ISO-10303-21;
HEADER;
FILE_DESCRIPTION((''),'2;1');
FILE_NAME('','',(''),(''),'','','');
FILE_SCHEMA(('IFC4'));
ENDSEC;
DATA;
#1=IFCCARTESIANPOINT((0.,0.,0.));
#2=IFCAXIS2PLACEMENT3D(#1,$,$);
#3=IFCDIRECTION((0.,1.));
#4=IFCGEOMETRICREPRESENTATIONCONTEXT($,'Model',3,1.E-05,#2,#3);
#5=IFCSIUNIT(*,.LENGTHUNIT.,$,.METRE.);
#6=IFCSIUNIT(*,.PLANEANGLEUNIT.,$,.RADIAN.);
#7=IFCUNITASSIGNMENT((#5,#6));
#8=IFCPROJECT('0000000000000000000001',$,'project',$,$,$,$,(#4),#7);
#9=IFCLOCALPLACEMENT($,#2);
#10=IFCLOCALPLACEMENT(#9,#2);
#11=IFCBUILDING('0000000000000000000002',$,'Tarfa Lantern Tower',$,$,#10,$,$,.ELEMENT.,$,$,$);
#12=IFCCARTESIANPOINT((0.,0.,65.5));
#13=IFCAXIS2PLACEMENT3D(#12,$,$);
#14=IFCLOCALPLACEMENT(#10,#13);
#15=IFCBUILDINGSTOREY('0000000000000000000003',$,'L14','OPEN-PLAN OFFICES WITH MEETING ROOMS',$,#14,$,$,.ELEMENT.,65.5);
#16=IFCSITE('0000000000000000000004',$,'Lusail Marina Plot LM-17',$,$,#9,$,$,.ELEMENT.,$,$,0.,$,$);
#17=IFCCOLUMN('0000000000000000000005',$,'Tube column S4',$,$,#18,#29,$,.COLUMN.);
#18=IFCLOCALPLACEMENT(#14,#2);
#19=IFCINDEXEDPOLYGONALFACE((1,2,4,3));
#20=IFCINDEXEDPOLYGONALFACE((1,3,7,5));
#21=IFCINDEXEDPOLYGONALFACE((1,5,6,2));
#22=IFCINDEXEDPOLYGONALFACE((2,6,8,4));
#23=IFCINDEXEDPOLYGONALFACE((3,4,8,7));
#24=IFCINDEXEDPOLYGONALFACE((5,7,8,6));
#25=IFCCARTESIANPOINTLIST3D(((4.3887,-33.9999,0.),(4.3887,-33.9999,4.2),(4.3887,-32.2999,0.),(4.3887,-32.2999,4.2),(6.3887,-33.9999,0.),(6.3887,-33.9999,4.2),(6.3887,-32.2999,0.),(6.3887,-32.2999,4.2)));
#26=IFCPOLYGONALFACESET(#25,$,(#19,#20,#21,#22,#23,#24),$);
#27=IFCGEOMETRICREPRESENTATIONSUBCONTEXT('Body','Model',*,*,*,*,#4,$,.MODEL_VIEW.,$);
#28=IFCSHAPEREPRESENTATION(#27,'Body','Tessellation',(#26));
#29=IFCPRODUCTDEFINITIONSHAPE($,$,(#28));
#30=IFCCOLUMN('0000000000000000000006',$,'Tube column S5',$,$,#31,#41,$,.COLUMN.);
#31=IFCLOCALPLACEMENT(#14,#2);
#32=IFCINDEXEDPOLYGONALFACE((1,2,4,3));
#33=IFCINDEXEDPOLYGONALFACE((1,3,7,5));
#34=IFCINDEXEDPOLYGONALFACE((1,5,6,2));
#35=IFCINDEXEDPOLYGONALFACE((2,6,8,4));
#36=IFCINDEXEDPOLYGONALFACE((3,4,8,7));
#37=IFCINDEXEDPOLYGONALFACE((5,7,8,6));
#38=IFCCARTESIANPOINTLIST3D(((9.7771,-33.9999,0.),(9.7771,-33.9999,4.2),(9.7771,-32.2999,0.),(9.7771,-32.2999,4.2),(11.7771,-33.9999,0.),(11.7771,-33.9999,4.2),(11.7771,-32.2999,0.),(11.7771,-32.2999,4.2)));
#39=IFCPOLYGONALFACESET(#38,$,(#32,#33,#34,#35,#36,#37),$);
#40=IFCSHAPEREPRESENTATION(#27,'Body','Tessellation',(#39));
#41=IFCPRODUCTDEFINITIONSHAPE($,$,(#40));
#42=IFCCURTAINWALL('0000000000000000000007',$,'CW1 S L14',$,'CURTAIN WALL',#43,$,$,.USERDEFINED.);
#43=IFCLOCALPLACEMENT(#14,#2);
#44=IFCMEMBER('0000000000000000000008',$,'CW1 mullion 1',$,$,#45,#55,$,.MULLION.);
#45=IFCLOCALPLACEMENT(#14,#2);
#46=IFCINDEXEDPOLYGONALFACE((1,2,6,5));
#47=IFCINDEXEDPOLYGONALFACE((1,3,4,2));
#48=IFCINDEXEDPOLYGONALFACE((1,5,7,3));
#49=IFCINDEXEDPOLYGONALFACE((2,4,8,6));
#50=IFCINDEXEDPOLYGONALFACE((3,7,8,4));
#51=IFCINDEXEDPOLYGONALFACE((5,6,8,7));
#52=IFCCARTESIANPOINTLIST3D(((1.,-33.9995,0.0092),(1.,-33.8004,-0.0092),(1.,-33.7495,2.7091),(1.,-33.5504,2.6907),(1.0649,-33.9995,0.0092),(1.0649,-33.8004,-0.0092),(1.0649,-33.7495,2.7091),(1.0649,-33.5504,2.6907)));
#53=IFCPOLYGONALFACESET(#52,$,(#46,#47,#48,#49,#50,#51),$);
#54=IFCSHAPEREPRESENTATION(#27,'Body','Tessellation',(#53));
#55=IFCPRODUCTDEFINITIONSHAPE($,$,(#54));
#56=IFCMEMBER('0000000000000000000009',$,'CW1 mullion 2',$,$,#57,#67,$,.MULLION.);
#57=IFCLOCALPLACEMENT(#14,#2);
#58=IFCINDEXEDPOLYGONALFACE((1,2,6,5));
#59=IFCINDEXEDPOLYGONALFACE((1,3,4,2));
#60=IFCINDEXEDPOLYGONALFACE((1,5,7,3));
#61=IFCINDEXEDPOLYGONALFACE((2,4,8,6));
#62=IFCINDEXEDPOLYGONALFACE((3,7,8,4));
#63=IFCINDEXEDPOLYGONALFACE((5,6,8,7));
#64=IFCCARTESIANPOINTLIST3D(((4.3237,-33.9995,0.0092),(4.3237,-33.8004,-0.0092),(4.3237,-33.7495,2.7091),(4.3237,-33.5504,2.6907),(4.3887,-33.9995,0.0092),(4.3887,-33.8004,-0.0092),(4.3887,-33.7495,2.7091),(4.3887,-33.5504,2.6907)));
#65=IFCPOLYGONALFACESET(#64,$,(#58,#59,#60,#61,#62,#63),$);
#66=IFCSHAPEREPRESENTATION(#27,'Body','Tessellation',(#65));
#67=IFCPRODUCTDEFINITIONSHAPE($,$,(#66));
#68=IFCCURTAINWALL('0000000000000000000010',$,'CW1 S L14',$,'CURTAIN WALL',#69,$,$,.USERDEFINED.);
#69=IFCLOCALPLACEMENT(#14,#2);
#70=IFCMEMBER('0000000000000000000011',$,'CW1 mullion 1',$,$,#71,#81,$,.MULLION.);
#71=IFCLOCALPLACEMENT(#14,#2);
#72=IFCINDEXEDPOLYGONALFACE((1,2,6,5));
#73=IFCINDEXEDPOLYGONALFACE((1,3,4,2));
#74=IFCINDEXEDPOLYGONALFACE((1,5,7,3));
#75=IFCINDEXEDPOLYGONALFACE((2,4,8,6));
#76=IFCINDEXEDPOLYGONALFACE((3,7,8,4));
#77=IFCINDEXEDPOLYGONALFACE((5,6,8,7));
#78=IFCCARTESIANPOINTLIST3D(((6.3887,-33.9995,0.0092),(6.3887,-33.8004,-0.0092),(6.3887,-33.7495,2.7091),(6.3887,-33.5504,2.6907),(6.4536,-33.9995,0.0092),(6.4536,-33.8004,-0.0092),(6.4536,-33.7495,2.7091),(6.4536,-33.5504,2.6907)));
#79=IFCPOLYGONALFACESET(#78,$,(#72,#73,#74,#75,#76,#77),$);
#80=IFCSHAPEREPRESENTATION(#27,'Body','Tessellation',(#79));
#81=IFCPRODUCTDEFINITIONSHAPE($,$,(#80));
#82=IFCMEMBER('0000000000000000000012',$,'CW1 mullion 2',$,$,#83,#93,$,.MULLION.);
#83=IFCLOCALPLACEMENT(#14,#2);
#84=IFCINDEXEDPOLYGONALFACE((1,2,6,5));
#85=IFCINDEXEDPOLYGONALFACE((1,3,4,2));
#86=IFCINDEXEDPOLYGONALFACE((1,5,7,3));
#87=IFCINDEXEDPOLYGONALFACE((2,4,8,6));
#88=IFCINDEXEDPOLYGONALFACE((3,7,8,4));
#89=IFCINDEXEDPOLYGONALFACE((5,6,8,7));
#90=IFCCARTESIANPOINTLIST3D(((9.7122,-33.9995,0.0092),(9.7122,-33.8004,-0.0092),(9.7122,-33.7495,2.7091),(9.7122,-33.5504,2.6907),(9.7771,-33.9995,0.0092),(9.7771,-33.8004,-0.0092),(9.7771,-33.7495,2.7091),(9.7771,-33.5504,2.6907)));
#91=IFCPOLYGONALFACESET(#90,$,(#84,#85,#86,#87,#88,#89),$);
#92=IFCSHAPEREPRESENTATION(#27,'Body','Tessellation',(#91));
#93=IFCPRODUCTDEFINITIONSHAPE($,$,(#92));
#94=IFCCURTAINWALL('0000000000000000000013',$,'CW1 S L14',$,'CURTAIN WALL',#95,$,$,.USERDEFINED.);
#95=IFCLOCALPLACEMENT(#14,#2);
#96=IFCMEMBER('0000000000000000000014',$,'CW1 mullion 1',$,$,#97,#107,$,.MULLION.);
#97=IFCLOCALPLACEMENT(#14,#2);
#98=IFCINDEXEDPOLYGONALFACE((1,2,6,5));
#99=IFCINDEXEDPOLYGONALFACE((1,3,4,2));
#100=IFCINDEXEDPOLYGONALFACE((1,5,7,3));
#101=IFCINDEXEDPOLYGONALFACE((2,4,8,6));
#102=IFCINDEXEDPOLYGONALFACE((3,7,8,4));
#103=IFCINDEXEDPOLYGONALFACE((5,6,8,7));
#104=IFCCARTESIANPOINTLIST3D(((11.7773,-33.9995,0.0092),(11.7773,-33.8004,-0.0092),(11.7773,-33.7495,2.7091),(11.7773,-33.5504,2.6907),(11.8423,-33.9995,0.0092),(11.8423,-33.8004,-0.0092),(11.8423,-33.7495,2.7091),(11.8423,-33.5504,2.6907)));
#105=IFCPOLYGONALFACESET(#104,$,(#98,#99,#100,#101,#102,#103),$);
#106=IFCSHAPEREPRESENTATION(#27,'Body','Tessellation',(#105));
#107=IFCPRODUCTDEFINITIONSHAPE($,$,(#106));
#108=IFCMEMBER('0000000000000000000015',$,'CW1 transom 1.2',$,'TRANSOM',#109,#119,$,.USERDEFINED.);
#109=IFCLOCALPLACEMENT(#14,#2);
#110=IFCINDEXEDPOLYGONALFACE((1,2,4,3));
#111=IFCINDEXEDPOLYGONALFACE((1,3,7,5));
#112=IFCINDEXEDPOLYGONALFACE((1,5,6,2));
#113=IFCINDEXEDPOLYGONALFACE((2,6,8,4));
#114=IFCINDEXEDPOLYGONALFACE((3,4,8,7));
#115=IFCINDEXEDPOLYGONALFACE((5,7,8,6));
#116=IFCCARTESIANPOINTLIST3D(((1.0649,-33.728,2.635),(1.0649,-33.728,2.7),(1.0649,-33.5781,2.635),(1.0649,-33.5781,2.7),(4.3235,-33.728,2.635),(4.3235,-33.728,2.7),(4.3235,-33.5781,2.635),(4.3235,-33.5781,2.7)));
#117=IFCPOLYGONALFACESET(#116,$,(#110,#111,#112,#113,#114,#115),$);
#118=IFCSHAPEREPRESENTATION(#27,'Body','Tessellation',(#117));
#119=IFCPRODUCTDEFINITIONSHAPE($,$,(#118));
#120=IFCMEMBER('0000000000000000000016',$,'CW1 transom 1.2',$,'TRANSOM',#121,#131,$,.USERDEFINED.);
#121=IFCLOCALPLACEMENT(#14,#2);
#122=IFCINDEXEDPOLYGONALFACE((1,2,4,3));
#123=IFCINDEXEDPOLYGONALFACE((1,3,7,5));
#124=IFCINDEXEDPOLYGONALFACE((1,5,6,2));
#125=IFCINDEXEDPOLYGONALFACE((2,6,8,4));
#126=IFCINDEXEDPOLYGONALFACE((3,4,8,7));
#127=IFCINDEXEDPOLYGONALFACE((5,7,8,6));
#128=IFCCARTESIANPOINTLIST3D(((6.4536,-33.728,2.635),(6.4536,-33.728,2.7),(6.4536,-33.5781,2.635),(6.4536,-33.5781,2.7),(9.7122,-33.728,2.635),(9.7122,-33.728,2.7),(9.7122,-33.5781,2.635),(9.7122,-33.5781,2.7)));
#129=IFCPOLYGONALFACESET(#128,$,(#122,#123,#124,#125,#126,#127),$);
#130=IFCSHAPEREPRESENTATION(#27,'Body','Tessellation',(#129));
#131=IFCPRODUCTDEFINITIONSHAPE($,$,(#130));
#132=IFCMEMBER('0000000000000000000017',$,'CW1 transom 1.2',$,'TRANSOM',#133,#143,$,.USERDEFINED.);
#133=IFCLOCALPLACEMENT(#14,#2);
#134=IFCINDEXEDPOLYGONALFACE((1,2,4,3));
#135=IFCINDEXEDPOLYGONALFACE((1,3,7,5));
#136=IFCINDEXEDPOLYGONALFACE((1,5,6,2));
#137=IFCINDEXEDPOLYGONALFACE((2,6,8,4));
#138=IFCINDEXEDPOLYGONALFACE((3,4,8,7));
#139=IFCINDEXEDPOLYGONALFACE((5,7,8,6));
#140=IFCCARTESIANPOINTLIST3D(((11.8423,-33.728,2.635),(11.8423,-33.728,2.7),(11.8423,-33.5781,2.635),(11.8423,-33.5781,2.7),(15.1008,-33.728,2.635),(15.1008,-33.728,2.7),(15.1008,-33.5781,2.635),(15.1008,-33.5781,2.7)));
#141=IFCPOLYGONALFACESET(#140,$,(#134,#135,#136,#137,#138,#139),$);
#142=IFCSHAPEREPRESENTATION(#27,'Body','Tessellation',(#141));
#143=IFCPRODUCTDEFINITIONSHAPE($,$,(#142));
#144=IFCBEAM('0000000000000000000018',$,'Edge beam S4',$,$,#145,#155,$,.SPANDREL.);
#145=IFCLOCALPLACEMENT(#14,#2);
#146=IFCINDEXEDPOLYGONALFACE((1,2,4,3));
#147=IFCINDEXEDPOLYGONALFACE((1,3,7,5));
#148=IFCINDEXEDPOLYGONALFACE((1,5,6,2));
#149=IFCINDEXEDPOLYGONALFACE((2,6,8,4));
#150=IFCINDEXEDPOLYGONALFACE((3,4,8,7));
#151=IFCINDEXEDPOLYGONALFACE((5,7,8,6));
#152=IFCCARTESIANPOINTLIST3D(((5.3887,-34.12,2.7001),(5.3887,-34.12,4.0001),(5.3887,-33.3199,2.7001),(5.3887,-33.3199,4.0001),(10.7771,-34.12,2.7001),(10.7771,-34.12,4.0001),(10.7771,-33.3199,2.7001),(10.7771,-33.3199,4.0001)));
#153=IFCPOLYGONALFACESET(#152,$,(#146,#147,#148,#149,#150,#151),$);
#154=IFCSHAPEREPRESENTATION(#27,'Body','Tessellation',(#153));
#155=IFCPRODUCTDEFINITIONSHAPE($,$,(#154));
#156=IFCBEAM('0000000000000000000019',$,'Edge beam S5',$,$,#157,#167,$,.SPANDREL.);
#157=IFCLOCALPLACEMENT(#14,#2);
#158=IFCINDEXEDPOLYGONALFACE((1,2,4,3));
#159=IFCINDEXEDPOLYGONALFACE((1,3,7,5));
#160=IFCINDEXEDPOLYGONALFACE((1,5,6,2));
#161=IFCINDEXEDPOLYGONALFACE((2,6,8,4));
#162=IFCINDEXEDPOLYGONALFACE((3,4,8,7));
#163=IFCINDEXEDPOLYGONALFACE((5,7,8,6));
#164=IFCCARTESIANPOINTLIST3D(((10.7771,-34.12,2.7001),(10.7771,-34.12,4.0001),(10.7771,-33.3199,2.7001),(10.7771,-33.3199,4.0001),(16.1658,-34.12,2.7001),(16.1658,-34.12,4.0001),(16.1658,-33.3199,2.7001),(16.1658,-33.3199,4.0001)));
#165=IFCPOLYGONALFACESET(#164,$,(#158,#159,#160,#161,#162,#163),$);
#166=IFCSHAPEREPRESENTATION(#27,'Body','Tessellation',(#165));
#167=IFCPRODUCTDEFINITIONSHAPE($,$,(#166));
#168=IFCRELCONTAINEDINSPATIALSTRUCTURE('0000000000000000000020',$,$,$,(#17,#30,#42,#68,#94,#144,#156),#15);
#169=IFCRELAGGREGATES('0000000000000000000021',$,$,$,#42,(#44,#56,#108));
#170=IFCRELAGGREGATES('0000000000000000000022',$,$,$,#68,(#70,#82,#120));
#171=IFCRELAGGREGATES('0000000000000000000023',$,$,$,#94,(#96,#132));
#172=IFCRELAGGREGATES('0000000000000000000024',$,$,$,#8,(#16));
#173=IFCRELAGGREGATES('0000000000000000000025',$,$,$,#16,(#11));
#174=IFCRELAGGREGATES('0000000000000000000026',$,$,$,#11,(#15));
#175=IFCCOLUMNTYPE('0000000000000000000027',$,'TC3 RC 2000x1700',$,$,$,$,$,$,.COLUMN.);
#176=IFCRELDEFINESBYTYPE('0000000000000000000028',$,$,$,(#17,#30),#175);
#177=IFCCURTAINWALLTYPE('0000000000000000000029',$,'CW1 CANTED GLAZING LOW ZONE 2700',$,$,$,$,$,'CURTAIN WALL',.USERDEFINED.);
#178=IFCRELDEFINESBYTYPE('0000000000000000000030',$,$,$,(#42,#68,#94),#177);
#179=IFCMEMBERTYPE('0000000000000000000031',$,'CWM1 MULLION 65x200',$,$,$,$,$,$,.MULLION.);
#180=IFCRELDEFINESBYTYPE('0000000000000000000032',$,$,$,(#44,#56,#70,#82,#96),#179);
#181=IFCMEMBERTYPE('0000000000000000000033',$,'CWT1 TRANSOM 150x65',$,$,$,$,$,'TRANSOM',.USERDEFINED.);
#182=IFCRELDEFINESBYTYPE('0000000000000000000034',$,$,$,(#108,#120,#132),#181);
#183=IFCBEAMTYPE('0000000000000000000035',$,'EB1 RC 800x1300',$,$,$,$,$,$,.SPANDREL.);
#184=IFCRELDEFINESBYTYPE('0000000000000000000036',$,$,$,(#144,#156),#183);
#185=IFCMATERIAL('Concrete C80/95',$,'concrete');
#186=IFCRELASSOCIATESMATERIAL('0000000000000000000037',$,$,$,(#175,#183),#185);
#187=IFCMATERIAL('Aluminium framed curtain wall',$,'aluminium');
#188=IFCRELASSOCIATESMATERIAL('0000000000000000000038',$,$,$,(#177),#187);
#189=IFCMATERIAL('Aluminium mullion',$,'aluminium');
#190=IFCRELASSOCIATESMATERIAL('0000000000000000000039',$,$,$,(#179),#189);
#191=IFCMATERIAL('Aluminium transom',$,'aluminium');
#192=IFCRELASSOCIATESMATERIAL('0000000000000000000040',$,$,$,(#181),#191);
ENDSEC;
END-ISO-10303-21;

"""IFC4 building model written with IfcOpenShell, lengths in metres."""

from ifc_helpers import new_model, si_unit, direction, frame, origin, origin_2d, place, context, subcontext, project, spatial, rectangle, extrude, material, material_profile, profile_set, type_object, element, aggregate, save


model = new_model("IFC4")

# Units and contexts
model_context = context("Model", 3, precision=1e-05, world=origin(), true_north=direction((0.0, 1.0)))
body_context = subcontext(model_context, "Body", "Model", "MODEL_VIEW")
ifc_project = project(units=[si_unit("LENGTHUNIT", "METRE"), si_unit("PLANEANGLEUNIT", "RADIAN")], contexts=[model_context])

# Site, building, storey
site_placement = place(None, origin())
site = spatial("IfcSite", under=ifc_project, at=site_placement, Name="Lusail Marina Plot LM-17", CompositionType="ELEMENT", RefElevation=0.0)
building_placement = place(site_placement, origin())
building = spatial("IfcBuilding", under=site, at=building_placement, Name="Tarfa Lantern Tower", CompositionType="ELEMENT")
storey_placement = place(building_placement, frame((0.0, 0.0, 65.5)))
storey = spatial("IfcBuildingStorey", under=building, at=storey_placement, Name="L14", Description="OPEN-PLAN OFFICES WITH MEETING ROOMS", CompositionType="ELEMENT", Elevation=65.5)

# Columns
ifc_material_1 = material(Name="Concrete C80/95", Category="concrete")
ifc_material_profile_1 = material_profile(ifc_material_1, rectangle(XDim=2.0, YDim=1.7, at=origin_2d()), Name="RC 2000x1700")
ifc_profile_set_1 = profile_set([ifc_material_profile_1], Name="Concrete C80/95")
column_type = type_object("IfcColumnType", Name="TC3 RC 2000x1700", PredefinedType="COLUMN", material=ifc_profile_set_1)
for number, where, z_axis, x_axis, name in (
    (1, (5.3887, -33.1499, 0.0), (0.0, 0.0, 1.0), (1.0, 0.0, 0.0), "Tube column S4"),
    (2, (10.7771, -33.1499, 0.0), (0.0, 0.0, 1.0), (1.0, 0.0, 0.0), "Tube column S5"),
):
    element("IfcColumn", number, at=place(storey_placement, frame(where, z_axis=z_axis, x_axis=x_axis)), inside=storey, type_object=column_type, Name=name, PredefinedType="COLUMN", context=body_context, shape_type="SweptSolid", body=[
        extrude(rectangle(XDim=2.0, YDim=1.7, at=origin_2d()), origin(), (0.0, 0.0, 1.0), 4.2),
    ])

# Curtain walls, members
ifc_material_2 = material(Name="Aluminium framed curtain wall", Category="aluminium")
curtain_wall_type = type_object("IfcCurtainWallType", Name="CW1 CANTED GLAZING LOW ZONE 2700", ElementType="CURTAIN WALL", PredefinedType="USERDEFINED", material=ifc_material_2)
curtain_wall_1_placement = place(storey_placement, origin())
curtain_wall_1 = element("IfcCurtainWall", 3, at=curtain_wall_1_placement, inside=storey, type_object=curtain_wall_type, Name="CW1 S L14", ObjectType="CURTAIN WALL", PredefinedType="USERDEFINED")
ifc_material_3 = material(Name="Aluminium mullion", Category="aluminium")
ifc_material_profile_2 = material_profile(ifc_material_3, rectangle(XDim=0.0649, YDim=0.2, at=origin_2d()), Name="AL MULLION 65x200")
ifc_profile_set_2 = profile_set([ifc_material_profile_2], Name="Aluminium mullion")
member_type_1 = type_object("IfcMemberType", Name="CWM1 MULLION 65x200", PredefinedType="MULLION", material=ifc_profile_set_2)
member_1_placement = place(storey_placement, frame((1.0325, -33.8999, 0.0), z_axis=(0.0, 0.0922, 0.995741), x_axis=(-1.0, 0.0, 0.0)))
member_1 = element("IfcMember", 4, at=member_1_placement, type_object=member_type_1, Name="CW1 mullion 1", PredefinedType="MULLION", context=body_context, shape_type="SweptSolid", body=[
    extrude(rectangle(XDim=0.0649, YDim=0.2, at=origin_2d()), origin(), (0.0, 0.0, 1.0), 2.7114),
])
member_2_placement = place(storey_placement, frame((4.3562, -33.8999, 0.0), z_axis=(0.0, 0.0922, 0.995741), x_axis=(-1.0, 0.0, 0.0)))
member_2 = element("IfcMember", 5, at=member_2_placement, type_object=member_type_1, Name="CW1 mullion 2", PredefinedType="MULLION", context=body_context, shape_type="SweptSolid", body=[
    extrude(rectangle(XDim=0.0649, YDim=0.2, at=origin_2d()), origin(), (0.0, 0.0, 1.0), 2.7114),
])
curtain_wall_2_placement = place(storey_placement, origin())
curtain_wall_2 = element("IfcCurtainWall", 6, at=curtain_wall_2_placement, inside=storey, type_object=curtain_wall_type, Name="CW1 S L14", ObjectType="CURTAIN WALL", PredefinedType="USERDEFINED")
member_3_placement = place(storey_placement, frame((6.4211, -33.8999, 0.0), z_axis=(0.0, 0.0922, 0.995741), x_axis=(-1.0, 0.0, 0.0)))
member_3 = element("IfcMember", 7, at=member_3_placement, type_object=member_type_1, Name="CW1 mullion 1", PredefinedType="MULLION", context=body_context, shape_type="SweptSolid", body=[
    extrude(rectangle(XDim=0.0649, YDim=0.2, at=origin_2d()), origin(), (0.0, 0.0, 1.0), 2.7114),
])
member_4_placement = place(storey_placement, frame((9.7446, -33.8999, 0.0), z_axis=(0.0, 0.0922, 0.995741), x_axis=(-1.0, 0.0, 0.0)))
member_4 = element("IfcMember", 8, at=member_4_placement, type_object=member_type_1, Name="CW1 mullion 2", PredefinedType="MULLION", context=body_context, shape_type="SweptSolid", body=[
    extrude(rectangle(XDim=0.0649, YDim=0.2, at=origin_2d()), origin(), (0.0, 0.0, 1.0), 2.7114),
])

# Curtain wall, member
curtain_wall_3_placement = place(storey_placement, origin())
curtain_wall_3 = element("IfcCurtainWall", 9, at=curtain_wall_3_placement, inside=storey, type_object=curtain_wall_type, Name="CW1 S L14", ObjectType="CURTAIN WALL", PredefinedType="USERDEFINED")
member_5_placement = place(storey_placement, frame((11.8098, -33.8999, 0.0), z_axis=(0.0, 0.0922, 0.995741), x_axis=(-1.0, 0.0, 0.0)))
member_5 = element("IfcMember", 10, at=member_5_placement, type_object=member_type_1, Name="CW1 mullion 1", PredefinedType="MULLION", context=body_context, shape_type="SweptSolid", body=[
    extrude(rectangle(XDim=0.0649, YDim=0.2, at=origin_2d()), origin(), (0.0, 0.0, 1.0), 2.7114),
])

# Members
ifc_material_4 = material(Name="Aluminium transom", Category="aluminium")
ifc_material_profile_3 = material_profile(ifc_material_4, rectangle(XDim=0.1499, YDim=0.0649, at=origin_2d()), Name="AL TRANSOM 150x65")
ifc_profile_set_3 = profile_set([ifc_material_profile_3], Name="Aluminium transom")
member_type_2 = type_object("IfcMemberType", Name="CWT1 TRANSOM 150x65", ElementType="TRANSOM", PredefinedType="USERDEFINED", material=ifc_profile_set_3)
member_6_placement = place(storey_placement, frame((1.0649, -33.6531, 2.6675), z_axis=(1.0, 0.0, 0.0), x_axis=(0.0, 1.0, 0.0)))
member_6 = element("IfcMember", 11, at=member_6_placement, type_object=member_type_2, Name="CW1 transom 1.2", ObjectType="TRANSOM", PredefinedType="USERDEFINED", context=body_context, shape_type="SweptSolid", body=[
    extrude(rectangle(XDim=0.1499, YDim=0.0649, at=origin_2d()), origin(), (0.0, 0.0, 1.0), 3.2585),
])
member_7_placement = place(storey_placement, frame((6.4536, -33.6531, 2.6675), z_axis=(1.0, 0.0, 0.0), x_axis=(0.0, 1.0, 0.0)))
member_7 = element("IfcMember", 12, at=member_7_placement, type_object=member_type_2, Name="CW1 transom 1.2", ObjectType="TRANSOM", PredefinedType="USERDEFINED", context=body_context, shape_type="SweptSolid", body=[
    extrude(rectangle(XDim=0.1499, YDim=0.0649, at=origin_2d()), origin(), (0.0, 0.0, 1.0), 3.2585),
])
member_8_placement = place(storey_placement, frame((11.8423, -33.6531, 2.6675), z_axis=(1.0, 0.0, 0.0), x_axis=(0.0, 1.0, 0.0)))
member_8 = element("IfcMember", 13, at=member_8_placement, type_object=member_type_2, Name="CW1 transom 1.2", ObjectType="TRANSOM", PredefinedType="USERDEFINED", context=body_context, shape_type="SweptSolid", body=[
    extrude(rectangle(XDim=0.1499, YDim=0.0649, at=origin_2d()), origin(), (0.0, 0.0, 1.0), 3.2585),
])

# Beams
ifc_material_profile_4 = material_profile(ifc_material_1, rectangle(XDim=0.8, YDim=1.3, at=origin_2d()), Name="RC 800x1300")
ifc_profile_set_4 = profile_set([ifc_material_profile_4], Name="Concrete C80/95")
beam_type_1 = type_object("IfcBeamType", Name="EB1 RC 800x1300", PredefinedType="SPANDREL", material=ifc_profile_set_4)
beam_1_placement = place(storey_placement, frame((5.3887, -33.72, 3.3501), z_axis=(1.0, 0.0, 0.0), x_axis=(0.0, 1.0, 0.0)))
element("IfcBeam", 14, at=beam_1_placement, inside=storey, type_object=beam_type_1, Name="Edge beam S4", PredefinedType="SPANDREL", context=body_context, shape_type="SweptSolid", body=[
    extrude(rectangle(XDim=0.8, YDim=1.3, at=origin_2d()), origin(), (0.0, 0.0, 1.0), 5.3884),
])
beam_2_placement = place(storey_placement, frame((10.7771, -33.72, 3.3501), z_axis=(1.0, 0.0, 0.0), x_axis=(0.0, 1.0, 0.0)))
element("IfcBeam", 15, at=beam_2_placement, inside=storey, type_object=beam_type_1, Name="Edge beam S5", PredefinedType="SPANDREL", context=body_context, shape_type="SweptSolid", body=[
    extrude(rectangle(XDim=0.8, YDim=1.3, at=origin_2d()), origin(), (0.0, 0.0, 1.0), 5.3887),
])

aggregate(curtain_wall_1, [member_1, member_2, member_6])
aggregate(curtain_wall_2, [member_3, member_4, member_7])
aggregate(curtain_wall_3, [member_5, member_8])

save(model, "model.ifc")
